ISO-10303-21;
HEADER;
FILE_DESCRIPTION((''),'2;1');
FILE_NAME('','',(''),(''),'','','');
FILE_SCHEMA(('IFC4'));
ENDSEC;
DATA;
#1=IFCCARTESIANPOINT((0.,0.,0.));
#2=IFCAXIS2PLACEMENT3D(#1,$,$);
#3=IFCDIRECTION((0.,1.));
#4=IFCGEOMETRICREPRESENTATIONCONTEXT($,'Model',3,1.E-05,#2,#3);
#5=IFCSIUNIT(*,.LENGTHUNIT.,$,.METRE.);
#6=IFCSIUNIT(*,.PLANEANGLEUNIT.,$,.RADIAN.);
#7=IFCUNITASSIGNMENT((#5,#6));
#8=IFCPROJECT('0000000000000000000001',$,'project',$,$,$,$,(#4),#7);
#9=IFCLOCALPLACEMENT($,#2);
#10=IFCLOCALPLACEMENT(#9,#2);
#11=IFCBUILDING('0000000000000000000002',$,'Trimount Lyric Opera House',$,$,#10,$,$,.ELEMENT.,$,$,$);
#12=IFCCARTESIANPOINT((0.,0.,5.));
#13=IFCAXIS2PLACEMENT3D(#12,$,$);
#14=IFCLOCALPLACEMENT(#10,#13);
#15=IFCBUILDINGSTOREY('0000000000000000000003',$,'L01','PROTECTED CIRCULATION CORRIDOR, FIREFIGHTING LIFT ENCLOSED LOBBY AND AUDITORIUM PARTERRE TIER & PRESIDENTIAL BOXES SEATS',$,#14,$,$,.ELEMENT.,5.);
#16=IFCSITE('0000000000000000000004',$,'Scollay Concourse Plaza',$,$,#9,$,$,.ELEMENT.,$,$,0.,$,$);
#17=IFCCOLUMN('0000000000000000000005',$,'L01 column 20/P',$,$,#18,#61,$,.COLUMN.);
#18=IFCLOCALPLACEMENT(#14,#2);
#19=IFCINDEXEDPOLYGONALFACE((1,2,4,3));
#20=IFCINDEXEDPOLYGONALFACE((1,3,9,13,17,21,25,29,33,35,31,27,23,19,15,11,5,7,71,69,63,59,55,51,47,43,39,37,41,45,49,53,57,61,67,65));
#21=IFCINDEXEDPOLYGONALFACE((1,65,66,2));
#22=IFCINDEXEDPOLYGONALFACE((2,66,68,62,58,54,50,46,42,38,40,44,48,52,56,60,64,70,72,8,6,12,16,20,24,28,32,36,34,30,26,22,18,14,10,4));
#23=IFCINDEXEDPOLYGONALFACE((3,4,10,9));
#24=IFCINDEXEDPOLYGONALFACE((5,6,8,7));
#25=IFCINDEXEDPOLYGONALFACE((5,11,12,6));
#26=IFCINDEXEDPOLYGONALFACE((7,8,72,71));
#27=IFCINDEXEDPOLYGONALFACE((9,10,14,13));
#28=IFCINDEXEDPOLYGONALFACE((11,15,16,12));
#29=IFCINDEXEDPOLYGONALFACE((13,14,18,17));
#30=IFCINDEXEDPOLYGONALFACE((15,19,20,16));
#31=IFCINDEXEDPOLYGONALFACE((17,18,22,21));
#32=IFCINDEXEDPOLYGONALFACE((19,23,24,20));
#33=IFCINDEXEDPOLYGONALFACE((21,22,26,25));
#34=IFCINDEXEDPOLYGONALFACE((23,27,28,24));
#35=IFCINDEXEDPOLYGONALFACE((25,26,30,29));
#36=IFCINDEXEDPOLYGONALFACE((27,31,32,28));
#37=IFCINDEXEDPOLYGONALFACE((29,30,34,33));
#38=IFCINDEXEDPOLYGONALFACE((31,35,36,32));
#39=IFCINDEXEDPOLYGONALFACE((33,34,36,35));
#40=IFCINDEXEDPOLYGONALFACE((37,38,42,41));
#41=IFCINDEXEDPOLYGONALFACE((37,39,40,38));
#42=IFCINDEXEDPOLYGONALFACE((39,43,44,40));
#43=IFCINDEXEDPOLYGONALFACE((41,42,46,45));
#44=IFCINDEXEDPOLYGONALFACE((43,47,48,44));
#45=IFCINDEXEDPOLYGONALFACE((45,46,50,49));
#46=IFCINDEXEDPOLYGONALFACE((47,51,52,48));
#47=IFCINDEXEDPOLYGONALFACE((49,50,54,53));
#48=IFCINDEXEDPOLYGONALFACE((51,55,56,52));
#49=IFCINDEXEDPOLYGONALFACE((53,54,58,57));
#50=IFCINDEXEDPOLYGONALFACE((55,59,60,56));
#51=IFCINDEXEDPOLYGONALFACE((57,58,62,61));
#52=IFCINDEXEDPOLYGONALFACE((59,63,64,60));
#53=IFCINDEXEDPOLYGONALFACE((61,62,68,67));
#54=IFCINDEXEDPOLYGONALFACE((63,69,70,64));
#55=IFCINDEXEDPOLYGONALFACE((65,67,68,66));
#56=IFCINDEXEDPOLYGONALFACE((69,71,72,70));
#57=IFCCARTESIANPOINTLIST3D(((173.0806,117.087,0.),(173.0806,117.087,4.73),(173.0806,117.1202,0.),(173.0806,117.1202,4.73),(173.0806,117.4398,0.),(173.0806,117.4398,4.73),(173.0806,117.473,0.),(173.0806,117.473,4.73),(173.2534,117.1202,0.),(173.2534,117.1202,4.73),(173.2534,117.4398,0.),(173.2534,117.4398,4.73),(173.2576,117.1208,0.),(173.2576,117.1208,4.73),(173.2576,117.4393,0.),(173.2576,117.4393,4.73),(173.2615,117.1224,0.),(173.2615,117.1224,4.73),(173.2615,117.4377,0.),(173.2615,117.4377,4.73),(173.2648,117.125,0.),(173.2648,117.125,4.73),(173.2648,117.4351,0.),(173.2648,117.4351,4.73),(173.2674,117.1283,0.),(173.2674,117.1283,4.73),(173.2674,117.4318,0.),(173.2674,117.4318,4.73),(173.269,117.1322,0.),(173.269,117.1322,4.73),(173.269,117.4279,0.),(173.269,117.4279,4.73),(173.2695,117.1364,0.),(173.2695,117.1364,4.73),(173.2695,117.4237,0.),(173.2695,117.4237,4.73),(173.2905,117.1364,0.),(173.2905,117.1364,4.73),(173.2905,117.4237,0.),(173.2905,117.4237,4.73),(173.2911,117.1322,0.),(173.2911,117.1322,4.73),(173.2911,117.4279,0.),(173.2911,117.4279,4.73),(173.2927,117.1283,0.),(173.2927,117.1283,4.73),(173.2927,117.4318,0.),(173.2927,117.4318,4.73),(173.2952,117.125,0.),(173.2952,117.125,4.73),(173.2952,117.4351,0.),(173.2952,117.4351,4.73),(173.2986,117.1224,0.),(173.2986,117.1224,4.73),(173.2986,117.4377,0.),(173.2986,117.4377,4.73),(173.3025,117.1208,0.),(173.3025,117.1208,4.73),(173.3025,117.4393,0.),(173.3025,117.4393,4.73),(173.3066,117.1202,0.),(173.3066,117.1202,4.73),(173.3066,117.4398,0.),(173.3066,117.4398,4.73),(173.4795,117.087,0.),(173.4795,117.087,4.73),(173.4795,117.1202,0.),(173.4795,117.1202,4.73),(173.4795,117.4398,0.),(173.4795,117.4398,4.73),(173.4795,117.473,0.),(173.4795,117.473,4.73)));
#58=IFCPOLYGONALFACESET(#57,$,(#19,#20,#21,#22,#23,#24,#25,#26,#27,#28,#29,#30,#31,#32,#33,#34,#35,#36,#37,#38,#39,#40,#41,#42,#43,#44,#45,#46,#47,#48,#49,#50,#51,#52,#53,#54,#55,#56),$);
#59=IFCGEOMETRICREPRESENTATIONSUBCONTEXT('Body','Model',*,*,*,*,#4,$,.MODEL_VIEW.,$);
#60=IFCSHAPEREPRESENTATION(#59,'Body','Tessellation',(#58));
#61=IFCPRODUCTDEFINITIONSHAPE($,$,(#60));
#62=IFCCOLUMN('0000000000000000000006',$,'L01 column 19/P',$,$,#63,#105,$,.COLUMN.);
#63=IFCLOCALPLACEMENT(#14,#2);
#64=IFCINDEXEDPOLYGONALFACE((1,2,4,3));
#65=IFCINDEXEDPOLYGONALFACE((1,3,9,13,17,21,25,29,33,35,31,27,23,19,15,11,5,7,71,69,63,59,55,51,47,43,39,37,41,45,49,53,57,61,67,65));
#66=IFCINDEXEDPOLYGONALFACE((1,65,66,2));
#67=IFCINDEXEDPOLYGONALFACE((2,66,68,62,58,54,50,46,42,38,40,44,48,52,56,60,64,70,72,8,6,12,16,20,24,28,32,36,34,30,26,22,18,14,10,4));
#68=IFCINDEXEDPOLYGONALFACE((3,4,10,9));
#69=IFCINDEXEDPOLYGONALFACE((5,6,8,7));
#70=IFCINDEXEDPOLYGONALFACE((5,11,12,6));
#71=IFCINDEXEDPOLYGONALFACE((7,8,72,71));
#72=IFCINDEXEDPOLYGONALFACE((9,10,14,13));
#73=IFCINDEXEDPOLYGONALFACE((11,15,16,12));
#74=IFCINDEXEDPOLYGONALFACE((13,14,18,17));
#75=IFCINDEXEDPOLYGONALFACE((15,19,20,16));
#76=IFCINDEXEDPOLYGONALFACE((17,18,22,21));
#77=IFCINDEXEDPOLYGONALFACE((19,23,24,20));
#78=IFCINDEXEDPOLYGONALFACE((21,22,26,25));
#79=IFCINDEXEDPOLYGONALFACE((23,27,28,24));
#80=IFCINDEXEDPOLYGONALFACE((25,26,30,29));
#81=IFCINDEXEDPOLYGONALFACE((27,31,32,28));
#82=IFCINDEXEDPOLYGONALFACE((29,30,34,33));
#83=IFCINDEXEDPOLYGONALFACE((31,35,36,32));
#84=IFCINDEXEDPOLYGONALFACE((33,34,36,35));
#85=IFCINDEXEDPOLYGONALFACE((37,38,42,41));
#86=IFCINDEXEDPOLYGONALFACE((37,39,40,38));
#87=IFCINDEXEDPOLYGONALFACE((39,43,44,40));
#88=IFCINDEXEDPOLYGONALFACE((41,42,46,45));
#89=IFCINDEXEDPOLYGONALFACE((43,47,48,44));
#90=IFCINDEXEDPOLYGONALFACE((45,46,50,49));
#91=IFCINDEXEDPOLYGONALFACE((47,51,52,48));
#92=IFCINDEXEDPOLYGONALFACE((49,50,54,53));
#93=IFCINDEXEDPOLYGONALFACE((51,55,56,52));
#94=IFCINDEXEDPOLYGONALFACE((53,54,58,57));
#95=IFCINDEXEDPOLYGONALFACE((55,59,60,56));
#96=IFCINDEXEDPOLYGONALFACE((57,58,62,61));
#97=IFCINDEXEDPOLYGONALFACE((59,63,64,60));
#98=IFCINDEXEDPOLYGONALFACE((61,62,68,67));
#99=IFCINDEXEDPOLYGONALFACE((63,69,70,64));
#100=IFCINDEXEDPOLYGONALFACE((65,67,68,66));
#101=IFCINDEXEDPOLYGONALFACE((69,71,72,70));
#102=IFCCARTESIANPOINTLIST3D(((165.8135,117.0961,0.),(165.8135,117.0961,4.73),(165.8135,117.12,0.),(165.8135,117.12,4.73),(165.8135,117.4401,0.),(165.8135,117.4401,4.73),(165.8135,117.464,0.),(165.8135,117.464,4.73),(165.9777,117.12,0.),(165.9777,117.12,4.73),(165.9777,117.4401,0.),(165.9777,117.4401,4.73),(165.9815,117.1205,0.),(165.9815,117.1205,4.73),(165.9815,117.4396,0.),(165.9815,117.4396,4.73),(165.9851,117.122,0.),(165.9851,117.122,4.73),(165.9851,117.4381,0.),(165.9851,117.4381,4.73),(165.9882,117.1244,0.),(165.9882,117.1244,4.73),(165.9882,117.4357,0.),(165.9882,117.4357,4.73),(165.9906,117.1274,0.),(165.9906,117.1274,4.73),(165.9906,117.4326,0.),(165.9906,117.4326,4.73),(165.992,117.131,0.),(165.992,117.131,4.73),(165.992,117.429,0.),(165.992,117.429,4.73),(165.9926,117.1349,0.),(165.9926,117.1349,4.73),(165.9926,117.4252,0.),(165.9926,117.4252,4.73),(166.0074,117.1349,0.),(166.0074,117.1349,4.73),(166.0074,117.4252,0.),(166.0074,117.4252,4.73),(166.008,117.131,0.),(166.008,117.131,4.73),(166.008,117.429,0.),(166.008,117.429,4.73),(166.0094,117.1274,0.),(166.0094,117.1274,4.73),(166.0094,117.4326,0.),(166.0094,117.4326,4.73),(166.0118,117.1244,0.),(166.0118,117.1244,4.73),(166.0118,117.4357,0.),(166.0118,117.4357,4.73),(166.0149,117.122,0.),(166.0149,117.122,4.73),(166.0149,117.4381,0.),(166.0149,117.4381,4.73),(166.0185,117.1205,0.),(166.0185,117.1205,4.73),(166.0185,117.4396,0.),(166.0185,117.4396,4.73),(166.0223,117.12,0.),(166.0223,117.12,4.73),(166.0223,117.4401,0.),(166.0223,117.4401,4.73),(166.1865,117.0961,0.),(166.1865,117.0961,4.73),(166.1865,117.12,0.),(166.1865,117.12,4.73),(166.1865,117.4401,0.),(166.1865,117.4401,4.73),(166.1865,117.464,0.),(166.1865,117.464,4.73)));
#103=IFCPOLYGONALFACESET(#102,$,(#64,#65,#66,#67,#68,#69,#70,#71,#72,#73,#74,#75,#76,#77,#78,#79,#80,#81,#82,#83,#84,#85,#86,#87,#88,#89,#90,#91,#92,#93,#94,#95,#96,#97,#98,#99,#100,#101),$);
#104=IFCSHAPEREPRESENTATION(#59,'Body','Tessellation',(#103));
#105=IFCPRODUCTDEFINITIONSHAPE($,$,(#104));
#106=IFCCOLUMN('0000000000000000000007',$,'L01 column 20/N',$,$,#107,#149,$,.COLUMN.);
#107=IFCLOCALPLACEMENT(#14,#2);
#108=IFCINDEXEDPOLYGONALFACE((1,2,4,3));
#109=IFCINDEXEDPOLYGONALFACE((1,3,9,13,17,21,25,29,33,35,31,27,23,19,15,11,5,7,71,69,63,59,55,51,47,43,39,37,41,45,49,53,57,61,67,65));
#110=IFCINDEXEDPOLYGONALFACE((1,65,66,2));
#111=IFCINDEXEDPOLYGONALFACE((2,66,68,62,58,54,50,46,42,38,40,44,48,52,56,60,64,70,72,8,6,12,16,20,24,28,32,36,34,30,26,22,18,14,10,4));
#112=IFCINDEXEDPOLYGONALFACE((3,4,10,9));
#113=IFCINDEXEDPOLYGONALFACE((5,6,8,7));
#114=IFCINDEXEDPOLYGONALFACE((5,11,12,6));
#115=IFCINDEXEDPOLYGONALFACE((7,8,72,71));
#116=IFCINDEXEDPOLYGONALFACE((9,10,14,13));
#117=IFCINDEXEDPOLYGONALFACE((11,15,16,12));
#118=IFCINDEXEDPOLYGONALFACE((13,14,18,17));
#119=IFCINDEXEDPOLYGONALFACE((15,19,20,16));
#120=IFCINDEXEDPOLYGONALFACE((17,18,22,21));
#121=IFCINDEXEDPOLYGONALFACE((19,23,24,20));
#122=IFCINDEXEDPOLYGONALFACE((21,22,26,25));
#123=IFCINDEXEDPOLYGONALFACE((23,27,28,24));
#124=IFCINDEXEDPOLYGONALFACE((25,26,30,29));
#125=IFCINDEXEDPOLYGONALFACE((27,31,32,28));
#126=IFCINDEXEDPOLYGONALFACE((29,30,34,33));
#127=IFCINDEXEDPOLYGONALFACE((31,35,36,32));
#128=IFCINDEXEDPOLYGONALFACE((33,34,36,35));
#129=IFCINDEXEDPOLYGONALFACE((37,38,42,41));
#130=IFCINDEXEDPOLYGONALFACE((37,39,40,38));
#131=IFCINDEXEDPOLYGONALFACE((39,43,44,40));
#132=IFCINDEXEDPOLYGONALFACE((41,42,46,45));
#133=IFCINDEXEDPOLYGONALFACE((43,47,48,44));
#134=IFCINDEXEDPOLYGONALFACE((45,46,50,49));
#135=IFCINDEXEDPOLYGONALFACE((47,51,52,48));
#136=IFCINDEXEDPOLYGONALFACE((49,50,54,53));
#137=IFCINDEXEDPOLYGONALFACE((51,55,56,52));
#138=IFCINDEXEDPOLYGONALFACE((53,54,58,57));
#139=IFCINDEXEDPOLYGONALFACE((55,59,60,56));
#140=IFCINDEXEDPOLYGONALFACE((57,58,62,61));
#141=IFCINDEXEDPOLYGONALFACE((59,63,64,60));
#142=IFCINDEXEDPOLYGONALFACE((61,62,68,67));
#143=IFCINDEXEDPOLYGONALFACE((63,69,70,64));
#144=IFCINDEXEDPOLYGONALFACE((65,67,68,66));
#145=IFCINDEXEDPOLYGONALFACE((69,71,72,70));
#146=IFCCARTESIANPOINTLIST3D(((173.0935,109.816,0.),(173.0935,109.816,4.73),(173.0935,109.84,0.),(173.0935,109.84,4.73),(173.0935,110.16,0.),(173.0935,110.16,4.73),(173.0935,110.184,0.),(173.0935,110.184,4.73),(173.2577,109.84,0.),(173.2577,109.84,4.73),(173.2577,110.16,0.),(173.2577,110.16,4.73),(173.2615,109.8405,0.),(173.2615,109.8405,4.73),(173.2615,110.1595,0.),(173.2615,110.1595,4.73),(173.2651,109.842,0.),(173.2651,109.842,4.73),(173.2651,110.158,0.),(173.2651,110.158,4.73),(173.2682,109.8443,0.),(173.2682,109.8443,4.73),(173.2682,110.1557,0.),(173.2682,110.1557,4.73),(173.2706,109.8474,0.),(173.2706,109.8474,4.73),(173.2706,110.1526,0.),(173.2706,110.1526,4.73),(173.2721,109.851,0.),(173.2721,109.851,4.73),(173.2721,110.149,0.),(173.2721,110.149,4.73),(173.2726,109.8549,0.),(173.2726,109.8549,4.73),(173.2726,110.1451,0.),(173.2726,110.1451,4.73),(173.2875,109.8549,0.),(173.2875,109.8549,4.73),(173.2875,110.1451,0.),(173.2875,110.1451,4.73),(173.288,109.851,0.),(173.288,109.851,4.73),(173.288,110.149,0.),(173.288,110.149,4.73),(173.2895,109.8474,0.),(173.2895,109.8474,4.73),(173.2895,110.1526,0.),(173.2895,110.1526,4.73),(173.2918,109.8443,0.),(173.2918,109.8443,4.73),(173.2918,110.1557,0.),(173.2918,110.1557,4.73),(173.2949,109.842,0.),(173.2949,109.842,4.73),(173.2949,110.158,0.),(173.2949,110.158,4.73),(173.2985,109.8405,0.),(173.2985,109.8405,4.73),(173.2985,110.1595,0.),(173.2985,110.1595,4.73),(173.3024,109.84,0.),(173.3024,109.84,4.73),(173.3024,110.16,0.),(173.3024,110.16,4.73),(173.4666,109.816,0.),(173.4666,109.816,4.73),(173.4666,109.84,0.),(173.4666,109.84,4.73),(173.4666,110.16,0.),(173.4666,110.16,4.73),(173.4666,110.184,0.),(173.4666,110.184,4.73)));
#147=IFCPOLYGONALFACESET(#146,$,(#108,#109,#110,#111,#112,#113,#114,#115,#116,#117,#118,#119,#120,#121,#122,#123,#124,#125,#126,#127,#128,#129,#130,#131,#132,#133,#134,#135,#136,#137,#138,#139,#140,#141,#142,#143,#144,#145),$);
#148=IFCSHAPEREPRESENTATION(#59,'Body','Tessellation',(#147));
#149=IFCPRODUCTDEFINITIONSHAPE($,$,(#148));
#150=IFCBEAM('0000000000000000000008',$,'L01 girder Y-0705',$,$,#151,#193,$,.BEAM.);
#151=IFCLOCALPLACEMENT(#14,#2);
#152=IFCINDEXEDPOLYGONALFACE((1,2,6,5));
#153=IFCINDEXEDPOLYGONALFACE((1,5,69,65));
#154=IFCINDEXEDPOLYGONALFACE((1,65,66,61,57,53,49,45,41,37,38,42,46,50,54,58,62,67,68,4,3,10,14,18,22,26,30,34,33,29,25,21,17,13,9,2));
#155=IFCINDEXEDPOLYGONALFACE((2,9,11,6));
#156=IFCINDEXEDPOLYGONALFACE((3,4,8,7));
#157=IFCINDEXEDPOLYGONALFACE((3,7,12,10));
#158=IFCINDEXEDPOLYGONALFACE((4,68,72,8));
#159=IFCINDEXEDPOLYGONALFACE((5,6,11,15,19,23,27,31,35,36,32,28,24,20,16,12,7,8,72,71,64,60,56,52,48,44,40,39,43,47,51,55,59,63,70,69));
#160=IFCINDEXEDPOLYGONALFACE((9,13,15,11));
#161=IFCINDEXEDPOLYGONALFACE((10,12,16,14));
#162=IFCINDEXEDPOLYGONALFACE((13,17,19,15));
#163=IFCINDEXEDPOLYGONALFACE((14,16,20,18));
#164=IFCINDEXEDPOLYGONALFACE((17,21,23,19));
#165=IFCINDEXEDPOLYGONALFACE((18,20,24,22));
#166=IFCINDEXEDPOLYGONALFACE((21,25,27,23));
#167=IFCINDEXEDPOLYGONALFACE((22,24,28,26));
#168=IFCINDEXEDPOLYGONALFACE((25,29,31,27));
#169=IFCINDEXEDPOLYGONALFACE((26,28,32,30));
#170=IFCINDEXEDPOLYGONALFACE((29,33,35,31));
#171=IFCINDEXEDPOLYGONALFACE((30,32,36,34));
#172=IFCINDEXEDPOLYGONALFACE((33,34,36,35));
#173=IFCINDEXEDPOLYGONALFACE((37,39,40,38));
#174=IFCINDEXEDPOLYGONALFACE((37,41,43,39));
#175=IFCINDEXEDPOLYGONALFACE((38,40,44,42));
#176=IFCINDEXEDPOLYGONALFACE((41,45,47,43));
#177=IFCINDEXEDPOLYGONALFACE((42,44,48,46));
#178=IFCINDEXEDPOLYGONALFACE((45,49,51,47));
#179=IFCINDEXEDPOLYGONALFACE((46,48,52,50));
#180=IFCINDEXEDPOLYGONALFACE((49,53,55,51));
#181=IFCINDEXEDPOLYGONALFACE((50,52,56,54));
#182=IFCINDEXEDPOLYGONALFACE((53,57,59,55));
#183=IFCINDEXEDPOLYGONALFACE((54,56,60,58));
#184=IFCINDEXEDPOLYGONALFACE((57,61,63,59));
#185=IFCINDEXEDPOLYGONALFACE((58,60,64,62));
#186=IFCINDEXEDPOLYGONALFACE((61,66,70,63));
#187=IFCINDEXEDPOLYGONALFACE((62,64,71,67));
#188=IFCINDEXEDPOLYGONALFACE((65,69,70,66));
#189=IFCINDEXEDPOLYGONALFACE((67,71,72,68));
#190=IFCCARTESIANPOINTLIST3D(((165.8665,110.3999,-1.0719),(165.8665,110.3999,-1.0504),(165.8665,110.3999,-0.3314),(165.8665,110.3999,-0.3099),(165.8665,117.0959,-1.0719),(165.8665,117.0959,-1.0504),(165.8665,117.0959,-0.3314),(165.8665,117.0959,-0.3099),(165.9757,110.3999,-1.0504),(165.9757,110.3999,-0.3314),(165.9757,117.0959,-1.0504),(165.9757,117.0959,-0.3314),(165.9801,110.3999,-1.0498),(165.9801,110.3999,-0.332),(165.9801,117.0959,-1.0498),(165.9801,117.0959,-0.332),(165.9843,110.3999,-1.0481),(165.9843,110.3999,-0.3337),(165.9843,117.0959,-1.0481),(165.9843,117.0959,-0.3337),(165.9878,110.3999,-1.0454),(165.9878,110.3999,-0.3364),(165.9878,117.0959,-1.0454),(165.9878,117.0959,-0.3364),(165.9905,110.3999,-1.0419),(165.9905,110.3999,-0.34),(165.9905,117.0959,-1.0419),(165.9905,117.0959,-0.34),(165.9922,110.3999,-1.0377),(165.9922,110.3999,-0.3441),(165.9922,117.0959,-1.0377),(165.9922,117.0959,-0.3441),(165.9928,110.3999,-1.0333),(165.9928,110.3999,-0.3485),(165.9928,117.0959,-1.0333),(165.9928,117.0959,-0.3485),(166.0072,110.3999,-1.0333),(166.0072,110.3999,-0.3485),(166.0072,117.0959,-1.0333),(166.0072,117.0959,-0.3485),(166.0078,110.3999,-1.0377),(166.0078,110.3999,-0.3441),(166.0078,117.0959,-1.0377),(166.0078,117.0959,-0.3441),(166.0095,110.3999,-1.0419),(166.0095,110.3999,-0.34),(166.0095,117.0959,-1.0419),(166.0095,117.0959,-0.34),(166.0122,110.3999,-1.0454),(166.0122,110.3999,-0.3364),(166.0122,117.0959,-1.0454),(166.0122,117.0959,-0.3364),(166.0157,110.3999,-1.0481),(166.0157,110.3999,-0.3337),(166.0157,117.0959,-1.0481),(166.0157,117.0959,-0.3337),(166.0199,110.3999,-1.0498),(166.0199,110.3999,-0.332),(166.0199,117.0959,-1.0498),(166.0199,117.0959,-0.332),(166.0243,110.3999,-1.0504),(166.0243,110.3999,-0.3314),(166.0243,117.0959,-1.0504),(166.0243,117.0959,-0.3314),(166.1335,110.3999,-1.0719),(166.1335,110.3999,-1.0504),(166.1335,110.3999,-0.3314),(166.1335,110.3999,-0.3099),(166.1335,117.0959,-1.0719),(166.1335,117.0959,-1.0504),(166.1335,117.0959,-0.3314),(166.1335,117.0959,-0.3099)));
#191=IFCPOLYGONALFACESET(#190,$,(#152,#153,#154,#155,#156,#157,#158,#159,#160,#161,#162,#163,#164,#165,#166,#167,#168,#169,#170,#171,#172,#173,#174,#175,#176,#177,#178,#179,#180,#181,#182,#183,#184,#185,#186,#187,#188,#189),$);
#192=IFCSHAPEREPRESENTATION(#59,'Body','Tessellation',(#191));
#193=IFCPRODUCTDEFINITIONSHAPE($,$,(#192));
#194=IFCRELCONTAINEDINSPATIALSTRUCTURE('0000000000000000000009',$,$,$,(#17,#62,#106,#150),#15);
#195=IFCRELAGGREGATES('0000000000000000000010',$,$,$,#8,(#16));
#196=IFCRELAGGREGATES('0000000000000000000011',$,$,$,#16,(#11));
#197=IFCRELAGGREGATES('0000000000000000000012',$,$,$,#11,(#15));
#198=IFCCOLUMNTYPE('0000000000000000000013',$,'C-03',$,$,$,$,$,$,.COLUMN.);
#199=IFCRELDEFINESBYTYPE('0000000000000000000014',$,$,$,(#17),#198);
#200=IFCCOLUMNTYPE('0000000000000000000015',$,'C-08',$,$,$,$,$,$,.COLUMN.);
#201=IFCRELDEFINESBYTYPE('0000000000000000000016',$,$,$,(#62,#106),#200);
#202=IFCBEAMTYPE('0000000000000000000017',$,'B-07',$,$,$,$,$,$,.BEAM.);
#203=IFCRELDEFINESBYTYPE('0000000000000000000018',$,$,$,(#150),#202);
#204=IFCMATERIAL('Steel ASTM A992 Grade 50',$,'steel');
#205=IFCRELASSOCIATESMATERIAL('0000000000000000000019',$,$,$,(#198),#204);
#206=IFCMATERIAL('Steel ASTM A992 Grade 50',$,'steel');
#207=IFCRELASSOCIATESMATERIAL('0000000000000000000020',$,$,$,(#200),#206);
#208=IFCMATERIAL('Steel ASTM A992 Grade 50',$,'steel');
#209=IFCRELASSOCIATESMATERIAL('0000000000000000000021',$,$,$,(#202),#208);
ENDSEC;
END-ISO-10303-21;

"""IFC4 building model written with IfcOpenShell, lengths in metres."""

from ifc_helpers import new_model, si_unit, direction, frame, origin, origin_2d, place, context, subcontext, project, spatial, i_section, extrude, material, material_profile, profile_set, type_object, element, save


model = new_model("IFC4")

# Units and contexts
model_context = context("Model", 3, precision=1e-05, world=origin(), true_north=direction((0.0, 1.0)))
body_context = subcontext(model_context, "Body", "Model", "MODEL_VIEW")
ifc_project = project(units=[si_unit("LENGTHUNIT", "METRE"), si_unit("PLANEANGLEUNIT", "RADIAN")], contexts=[model_context])

# Site, building, storey
site_placement = place(None, origin())
site = spatial("IfcSite", under=ifc_project, at=site_placement, Name="Scollay Concourse Plaza", CompositionType="ELEMENT", RefElevation=0.0)
building_placement = place(site_placement, origin())
building = spatial("IfcBuilding", under=site, at=building_placement, Name="Trimount Lyric Opera House", CompositionType="ELEMENT")
storey_placement = place(building_placement, frame((0.0, 0.0, 5.0)))
storey = spatial("IfcBuildingStorey", under=building, at=storey_placement, Name="L01", Description="PROTECTED CIRCULATION CORRIDOR, FIREFIGHTING LIFT ENCLOSED LOBBY AND AUDITORIUM PARTERRE TIER & PRESIDENTIAL BOXES SEATS", CompositionType="ELEMENT", Elevation=5.0)

# Columns
ifc_material_1 = material(Name="Steel ASTM A992 Grade 50", Category="steel")
ifc_material_profile_1 = material_profile(ifc_material_1, i_section(OverallWidth=0.3989, OverallDepth=0.386, WebThickness=0.021, FlangeThickness=0.0332, FilletRadius=0.0161, at=origin_2d()), Name="W14X176")
ifc_profile_set_1 = profile_set([ifc_material_profile_1], Name="Steel ASTM A992 Grade 50")
column_type_1 = type_object("IfcColumnType", Name="C-03", PredefinedType="COLUMN", material=ifc_profile_set_1)
column_placement = place(storey_placement, frame((173.28, 117.28, 0.0), z_axis=(0.0, 0.0, 1.0), x_axis=(1.0, 0.0, 0.0)))
element("IfcColumn", 1, at=column_placement, inside=storey, type_object=column_type_1, Name="L01 column 20/P", PredefinedType="COLUMN", context=body_context, shape_type="SweptSolid", body=[
    extrude(i_section(OverallWidth=0.3989, OverallDepth=0.386, WebThickness=0.021, FlangeThickness=0.0332, FilletRadius=0.0161, at=origin_2d()), origin(), (0.0, 0.0, 1.0), 4.73),
])
ifc_material_2 = material(Name="Steel ASTM A992 Grade 50", Category="steel")
ifc_material_profile_2 = material_profile(ifc_material_2, i_section(OverallWidth=0.373, OverallDepth=0.3679, WebThickness=0.0149, FlangeThickness=0.0239, FilletRadius=0.0149, at=origin_2d()), Name="W14X120")
ifc_profile_set_2 = profile_set([ifc_material_profile_2], Name="Steel ASTM A992 Grade 50")
column_type_2 = type_object("IfcColumnType", Name="C-08", PredefinedType="COLUMN", material=ifc_profile_set_2)
for number, where, z_axis, x_axis, name in (
    (2, (166.0, 117.28, 0.0), (0.0, 0.0, 1.0), (1.0, 0.0, 0.0), "L01 column 19/P"),
    (3, (173.28, 110.0, 0.0), (0.0, 0.0, 1.0), (1.0, 0.0, 0.0), "L01 column 20/N"),
):
    element("IfcColumn", number, at=place(storey_placement, frame(where, z_axis=z_axis, x_axis=x_axis)), inside=storey, type_object=column_type_2, Name=name, PredefinedType="COLUMN", context=body_context, shape_type="SweptSolid", body=[
        extrude(i_section(OverallWidth=0.373, OverallDepth=0.3679, WebThickness=0.0149, FlangeThickness=0.0239, FilletRadius=0.0149, at=origin_2d()), origin(), (0.0, 0.0, 1.0), 4.73),
    ])

# Beam
ifc_material_3 = material(Name="Steel ASTM A992 Grade 50", Category="steel")
ifc_material_profile_3 = material_profile(ifc_material_3, i_section(OverallWidth=0.2671, OverallDepth=0.762, WebThickness=0.0144, FlangeThickness=0.0215, FilletRadius=0.0171, at=origin_2d()), Name="W30X116")
ifc_profile_set_3 = profile_set([ifc_material_profile_3], Name="Steel ASTM A992 Grade 50")
beam_type_1 = type_object("IfcBeamType", Name="B-07", PredefinedType="BEAM", material=ifc_profile_set_3)
beam_1_placement = place(storey_placement, frame((166.0, 110.3999, -0.6909), z_axis=(0.0, 1.0, 0.0), x_axis=(-1.0, 0.0, 0.0)))
element("IfcBeam", 4, at=beam_1_placement, inside=storey, type_object=beam_type_1, Name="L01 girder Y-0705", PredefinedType="BEAM", context=body_context, shape_type="SweptSolid", body=[
    extrude(i_section(OverallWidth=0.2671, OverallDepth=0.762, WebThickness=0.0144, FlangeThickness=0.0215, FilletRadius=0.0171, at=origin_2d()), origin(), (0.0, 0.0, 1.0), 6.696),
])

save(model, "model.ifc")
